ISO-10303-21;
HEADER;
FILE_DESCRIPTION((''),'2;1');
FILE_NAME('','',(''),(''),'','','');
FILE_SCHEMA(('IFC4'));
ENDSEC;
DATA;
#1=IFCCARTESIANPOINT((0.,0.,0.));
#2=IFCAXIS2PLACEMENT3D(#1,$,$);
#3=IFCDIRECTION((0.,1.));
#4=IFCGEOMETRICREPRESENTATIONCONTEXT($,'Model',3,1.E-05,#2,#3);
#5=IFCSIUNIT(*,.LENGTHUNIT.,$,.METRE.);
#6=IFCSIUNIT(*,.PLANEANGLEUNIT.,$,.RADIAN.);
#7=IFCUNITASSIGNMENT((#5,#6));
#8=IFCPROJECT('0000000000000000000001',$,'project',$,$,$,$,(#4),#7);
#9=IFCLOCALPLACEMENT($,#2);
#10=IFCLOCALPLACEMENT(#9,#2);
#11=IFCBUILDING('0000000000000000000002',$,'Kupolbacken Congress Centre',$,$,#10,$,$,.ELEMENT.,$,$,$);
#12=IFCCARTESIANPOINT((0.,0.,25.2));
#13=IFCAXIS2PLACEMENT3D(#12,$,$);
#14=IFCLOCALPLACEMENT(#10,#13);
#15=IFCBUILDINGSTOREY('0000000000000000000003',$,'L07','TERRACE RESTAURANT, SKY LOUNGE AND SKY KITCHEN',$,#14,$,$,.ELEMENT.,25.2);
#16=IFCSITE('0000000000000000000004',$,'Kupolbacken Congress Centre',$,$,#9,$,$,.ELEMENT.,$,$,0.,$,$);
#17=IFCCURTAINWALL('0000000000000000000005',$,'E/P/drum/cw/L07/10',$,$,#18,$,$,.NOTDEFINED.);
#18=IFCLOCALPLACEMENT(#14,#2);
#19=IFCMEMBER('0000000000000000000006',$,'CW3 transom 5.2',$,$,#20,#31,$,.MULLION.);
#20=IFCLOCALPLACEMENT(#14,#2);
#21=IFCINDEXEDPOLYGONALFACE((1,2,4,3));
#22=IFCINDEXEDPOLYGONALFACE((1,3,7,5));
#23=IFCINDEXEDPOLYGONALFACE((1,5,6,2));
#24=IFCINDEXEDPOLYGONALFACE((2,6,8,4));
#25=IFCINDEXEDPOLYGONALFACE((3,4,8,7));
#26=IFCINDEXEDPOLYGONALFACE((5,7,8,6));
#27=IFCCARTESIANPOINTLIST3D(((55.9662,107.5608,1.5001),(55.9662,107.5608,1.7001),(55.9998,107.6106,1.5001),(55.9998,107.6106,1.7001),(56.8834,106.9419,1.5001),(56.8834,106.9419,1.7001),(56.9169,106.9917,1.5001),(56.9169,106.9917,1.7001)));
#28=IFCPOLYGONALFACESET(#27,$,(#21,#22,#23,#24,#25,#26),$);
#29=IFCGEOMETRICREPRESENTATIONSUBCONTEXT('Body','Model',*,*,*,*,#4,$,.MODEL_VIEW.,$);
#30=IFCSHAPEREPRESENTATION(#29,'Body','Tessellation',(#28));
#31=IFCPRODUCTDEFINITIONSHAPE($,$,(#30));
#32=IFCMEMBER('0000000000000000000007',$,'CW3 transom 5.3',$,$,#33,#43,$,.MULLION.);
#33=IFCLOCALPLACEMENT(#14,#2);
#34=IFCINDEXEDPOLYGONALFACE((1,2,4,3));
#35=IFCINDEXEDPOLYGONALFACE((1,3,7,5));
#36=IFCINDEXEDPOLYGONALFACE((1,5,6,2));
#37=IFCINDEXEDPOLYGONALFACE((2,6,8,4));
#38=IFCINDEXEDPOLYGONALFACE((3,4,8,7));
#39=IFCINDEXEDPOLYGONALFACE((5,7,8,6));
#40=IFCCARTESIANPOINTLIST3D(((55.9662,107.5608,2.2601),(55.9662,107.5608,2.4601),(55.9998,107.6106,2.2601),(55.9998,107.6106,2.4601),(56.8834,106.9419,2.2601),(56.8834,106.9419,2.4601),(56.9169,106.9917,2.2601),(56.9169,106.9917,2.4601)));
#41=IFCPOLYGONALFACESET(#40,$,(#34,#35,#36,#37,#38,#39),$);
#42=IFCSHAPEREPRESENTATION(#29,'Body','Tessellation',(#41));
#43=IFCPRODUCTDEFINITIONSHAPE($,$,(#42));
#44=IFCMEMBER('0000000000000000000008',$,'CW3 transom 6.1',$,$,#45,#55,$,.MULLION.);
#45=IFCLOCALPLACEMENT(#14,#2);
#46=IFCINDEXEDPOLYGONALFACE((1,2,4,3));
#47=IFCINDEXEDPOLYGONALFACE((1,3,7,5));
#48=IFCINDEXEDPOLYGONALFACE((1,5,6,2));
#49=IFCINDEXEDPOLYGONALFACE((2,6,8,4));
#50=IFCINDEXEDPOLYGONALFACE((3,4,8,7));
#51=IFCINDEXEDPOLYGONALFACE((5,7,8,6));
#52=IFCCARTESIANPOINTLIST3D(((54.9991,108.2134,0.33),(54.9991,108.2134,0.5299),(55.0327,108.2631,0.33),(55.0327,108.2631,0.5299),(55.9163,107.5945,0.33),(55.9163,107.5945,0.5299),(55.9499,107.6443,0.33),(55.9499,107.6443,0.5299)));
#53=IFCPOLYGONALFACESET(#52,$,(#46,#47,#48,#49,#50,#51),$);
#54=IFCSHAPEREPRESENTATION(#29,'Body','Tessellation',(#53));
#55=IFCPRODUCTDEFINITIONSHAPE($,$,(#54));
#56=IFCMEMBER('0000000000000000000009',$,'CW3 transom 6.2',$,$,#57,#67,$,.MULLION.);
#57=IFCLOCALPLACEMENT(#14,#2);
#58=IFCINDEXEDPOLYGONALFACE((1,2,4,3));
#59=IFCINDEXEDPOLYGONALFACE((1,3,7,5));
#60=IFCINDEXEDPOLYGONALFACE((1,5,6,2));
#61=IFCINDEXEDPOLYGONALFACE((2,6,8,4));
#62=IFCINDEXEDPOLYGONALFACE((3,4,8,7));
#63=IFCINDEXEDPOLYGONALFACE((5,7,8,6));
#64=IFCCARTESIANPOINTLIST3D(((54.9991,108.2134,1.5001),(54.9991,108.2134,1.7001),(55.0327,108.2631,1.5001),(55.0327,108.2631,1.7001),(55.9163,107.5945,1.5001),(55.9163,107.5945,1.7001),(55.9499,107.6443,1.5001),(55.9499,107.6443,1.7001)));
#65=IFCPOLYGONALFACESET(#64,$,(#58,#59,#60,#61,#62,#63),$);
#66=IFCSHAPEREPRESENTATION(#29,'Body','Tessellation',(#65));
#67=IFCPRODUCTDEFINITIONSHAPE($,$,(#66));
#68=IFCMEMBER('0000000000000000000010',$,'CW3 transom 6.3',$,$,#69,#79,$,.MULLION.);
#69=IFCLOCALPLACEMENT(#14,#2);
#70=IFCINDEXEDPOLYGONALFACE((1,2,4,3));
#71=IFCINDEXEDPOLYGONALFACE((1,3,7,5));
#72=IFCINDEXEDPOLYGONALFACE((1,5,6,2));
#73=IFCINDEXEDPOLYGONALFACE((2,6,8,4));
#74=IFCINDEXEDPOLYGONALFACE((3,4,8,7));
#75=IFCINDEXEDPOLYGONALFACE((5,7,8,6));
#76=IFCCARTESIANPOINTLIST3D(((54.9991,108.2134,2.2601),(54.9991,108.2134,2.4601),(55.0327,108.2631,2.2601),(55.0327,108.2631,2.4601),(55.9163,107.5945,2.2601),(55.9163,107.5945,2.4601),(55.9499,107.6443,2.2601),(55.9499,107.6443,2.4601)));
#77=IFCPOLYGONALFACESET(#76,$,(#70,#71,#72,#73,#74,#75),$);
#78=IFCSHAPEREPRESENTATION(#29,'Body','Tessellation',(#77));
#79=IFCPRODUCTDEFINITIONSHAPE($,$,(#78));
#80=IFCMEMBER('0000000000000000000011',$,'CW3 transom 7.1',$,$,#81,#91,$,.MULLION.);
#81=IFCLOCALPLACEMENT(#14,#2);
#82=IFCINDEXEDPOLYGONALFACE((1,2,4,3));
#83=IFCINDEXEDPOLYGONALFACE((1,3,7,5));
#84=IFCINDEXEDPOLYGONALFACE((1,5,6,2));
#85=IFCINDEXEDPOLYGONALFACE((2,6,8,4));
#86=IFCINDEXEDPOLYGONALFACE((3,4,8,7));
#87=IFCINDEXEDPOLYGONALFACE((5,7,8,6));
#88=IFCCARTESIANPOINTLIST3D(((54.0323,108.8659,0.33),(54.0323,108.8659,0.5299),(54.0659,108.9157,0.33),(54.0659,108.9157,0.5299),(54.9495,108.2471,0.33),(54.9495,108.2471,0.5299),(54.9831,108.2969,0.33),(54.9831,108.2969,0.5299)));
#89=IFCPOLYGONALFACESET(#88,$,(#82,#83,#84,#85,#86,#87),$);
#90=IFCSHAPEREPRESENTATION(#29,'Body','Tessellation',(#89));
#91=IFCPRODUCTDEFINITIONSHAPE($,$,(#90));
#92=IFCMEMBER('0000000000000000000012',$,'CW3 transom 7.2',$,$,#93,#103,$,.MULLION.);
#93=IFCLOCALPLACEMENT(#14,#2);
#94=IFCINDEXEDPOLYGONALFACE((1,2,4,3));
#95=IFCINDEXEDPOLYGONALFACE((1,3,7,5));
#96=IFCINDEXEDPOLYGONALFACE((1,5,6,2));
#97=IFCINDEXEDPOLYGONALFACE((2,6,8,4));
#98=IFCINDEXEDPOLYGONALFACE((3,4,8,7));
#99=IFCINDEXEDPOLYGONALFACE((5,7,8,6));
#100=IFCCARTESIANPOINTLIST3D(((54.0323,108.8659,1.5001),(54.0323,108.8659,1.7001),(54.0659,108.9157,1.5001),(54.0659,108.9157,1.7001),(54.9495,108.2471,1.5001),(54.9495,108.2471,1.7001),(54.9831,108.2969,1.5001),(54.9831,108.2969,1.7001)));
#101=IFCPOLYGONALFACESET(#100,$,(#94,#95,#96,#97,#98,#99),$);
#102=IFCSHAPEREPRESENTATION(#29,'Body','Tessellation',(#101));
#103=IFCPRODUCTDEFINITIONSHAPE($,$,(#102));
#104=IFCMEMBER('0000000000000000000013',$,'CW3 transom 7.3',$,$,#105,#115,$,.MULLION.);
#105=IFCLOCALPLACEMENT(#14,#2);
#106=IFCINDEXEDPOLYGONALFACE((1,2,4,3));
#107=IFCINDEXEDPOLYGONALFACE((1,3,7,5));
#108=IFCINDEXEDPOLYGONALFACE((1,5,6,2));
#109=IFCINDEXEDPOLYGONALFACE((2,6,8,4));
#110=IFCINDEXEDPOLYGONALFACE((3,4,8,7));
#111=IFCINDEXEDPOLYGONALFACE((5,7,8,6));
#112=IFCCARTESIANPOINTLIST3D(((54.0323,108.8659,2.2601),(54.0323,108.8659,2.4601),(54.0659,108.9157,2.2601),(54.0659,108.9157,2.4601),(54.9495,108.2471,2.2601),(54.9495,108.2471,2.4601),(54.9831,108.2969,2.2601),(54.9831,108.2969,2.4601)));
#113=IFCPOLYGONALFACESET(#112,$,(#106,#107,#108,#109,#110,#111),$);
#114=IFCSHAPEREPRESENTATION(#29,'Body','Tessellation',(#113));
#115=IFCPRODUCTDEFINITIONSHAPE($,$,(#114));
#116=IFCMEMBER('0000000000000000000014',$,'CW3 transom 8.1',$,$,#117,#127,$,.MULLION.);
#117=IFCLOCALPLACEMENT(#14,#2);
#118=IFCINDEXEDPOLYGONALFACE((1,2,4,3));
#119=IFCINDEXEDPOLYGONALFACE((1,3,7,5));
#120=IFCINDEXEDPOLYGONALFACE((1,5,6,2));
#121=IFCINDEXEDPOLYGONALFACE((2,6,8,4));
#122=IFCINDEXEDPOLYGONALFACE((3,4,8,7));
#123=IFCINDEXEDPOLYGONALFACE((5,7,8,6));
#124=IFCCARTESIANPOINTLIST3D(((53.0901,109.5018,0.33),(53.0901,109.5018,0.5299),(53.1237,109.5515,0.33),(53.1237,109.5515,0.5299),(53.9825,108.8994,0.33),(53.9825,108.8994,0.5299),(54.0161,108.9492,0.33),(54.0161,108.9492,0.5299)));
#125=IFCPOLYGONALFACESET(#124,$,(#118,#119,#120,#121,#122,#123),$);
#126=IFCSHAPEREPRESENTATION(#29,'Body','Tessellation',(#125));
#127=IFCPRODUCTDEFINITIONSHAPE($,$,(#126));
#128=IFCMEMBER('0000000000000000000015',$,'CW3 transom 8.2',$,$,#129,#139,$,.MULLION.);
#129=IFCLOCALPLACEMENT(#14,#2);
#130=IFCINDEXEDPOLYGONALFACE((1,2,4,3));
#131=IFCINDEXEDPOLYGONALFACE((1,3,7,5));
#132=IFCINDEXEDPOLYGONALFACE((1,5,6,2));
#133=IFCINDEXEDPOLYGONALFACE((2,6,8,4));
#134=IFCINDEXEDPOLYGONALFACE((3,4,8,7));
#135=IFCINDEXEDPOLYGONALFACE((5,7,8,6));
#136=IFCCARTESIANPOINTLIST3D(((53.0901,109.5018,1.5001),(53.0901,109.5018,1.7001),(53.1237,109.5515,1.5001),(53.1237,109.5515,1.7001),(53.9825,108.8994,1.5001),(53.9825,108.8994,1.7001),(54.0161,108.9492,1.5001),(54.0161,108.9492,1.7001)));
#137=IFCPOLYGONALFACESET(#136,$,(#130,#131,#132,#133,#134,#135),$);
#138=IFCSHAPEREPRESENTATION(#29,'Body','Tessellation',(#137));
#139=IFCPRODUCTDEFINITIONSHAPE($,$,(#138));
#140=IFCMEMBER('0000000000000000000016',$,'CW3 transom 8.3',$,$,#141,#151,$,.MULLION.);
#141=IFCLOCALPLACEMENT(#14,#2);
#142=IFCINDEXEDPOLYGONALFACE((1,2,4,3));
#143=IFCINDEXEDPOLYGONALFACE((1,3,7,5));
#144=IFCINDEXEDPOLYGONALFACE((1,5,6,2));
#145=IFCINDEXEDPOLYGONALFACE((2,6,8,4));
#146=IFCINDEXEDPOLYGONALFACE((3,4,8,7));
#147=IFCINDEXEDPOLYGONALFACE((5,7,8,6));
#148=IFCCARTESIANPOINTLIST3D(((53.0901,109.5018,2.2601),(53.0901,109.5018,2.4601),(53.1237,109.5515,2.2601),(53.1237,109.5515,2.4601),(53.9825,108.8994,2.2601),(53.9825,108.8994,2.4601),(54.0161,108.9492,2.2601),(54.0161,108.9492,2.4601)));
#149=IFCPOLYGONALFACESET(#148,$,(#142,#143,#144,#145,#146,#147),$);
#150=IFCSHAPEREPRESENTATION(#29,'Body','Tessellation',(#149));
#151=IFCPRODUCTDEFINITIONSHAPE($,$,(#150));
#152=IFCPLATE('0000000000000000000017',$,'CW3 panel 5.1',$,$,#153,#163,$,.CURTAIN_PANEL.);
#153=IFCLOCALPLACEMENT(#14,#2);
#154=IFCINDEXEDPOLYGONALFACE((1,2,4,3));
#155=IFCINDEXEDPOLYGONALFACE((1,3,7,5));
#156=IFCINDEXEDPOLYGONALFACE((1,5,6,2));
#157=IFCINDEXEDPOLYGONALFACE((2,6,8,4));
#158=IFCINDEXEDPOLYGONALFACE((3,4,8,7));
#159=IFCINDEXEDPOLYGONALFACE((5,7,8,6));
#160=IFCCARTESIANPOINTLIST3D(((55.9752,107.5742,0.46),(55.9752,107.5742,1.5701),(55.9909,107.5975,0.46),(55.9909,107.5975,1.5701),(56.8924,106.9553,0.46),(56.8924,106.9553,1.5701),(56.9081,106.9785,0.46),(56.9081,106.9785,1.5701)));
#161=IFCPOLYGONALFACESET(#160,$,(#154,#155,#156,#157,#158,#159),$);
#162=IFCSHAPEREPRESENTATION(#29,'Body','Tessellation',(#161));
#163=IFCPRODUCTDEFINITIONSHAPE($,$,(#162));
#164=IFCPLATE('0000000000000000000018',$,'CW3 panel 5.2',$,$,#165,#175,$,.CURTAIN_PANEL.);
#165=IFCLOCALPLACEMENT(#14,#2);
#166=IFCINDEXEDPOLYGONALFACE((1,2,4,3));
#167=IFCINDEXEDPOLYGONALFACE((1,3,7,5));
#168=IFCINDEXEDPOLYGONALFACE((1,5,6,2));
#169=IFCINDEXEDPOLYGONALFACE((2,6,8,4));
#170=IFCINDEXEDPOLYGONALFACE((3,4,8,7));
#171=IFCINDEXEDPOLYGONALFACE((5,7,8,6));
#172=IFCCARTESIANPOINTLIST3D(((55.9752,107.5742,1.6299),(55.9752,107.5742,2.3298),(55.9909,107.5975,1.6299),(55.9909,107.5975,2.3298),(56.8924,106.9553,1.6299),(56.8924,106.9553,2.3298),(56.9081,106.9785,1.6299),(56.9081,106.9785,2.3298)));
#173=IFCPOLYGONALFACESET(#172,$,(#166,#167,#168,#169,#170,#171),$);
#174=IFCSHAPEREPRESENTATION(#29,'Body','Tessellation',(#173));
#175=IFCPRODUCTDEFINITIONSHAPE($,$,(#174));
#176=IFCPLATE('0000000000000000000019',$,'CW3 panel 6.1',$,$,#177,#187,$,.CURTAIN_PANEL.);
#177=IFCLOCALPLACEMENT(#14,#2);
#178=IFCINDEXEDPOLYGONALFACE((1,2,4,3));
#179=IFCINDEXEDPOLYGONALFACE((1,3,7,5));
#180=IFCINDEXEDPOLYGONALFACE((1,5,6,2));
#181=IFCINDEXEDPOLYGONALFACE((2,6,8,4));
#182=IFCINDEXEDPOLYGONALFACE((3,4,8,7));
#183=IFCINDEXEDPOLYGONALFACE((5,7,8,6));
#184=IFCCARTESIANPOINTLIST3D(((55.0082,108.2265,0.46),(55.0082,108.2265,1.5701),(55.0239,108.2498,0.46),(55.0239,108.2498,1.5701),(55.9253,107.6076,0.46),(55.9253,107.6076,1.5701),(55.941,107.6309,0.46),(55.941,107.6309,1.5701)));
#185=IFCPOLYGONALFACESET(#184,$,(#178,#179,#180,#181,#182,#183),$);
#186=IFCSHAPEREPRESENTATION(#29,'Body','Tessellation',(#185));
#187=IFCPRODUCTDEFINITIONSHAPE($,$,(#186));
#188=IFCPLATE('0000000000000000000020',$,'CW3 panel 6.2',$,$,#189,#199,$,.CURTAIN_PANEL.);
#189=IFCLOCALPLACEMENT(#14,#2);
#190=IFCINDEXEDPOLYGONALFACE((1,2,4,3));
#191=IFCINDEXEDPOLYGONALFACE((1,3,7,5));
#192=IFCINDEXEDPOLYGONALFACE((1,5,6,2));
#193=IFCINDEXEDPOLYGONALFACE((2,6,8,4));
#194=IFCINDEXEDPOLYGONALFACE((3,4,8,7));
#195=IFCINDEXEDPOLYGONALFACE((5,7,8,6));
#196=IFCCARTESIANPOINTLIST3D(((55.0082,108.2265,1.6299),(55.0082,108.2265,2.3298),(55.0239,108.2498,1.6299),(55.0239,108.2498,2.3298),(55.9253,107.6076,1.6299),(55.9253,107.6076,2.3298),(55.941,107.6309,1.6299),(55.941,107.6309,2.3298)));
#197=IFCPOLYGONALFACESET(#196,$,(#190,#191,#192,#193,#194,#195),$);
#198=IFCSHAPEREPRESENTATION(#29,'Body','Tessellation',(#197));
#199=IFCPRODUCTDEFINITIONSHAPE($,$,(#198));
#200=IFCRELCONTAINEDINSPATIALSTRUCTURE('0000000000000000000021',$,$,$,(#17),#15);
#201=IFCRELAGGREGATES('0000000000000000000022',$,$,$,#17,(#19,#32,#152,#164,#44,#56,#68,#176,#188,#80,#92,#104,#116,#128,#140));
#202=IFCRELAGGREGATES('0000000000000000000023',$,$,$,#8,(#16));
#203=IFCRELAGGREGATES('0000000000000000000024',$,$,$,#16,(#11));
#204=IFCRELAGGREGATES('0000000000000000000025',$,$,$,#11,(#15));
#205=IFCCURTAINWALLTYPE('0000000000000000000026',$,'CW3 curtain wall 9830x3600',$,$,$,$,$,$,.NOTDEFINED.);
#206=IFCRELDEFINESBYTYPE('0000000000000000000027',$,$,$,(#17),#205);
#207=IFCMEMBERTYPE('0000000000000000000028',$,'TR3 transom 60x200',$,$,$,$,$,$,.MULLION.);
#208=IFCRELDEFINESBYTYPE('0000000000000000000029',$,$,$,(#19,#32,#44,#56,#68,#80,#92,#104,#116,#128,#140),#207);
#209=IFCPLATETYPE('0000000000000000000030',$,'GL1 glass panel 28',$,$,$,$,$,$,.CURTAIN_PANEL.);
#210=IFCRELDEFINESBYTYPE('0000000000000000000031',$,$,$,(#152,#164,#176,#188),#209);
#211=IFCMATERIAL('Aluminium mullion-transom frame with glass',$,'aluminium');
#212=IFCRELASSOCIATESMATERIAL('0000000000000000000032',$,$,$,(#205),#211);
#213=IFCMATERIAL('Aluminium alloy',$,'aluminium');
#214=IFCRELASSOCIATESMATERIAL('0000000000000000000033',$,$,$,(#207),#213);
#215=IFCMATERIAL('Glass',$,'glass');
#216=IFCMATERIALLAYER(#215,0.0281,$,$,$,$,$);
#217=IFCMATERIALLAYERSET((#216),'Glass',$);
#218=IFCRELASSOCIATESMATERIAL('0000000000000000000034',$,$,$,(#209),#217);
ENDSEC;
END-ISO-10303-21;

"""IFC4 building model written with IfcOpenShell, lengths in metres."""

from ifc_helpers import new_model, si_unit, direction, frame, origin, origin_2d, place, context, subcontext, project, spatial, rectangle, extrude, material, layer, layer_set, material_profile, profile_set, type_object, element, aggregate, save


model = new_model("IFC4")

# Units and contexts
model_context = context("Model", 3, precision=1e-05, world=origin(), true_north=direction((0.0, 1.0)))
body_context = subcontext(model_context, "Body", "Model", "MODEL_VIEW")
ifc_project = project(units=[si_unit("LENGTHUNIT", "METRE"), si_unit("PLANEANGLEUNIT", "RADIAN")], contexts=[model_context])

# Site, building, storey
site_placement = place(None, origin())
site = spatial("IfcSite", under=ifc_project, at=site_placement, Name="Kupolbacken Congress Centre", CompositionType="ELEMENT", RefElevation=0.0)
building_placement = place(site_placement, origin())
building = spatial("IfcBuilding", under=site, at=building_placement, Name="Kupolbacken Congress Centre", CompositionType="ELEMENT")
storey_placement = place(building_placement, frame((0.0, 0.0, 25.2)))
storey = spatial("IfcBuildingStorey", under=building, at=storey_placement, Name="L07", Description="TERRACE RESTAURANT, SKY LOUNGE AND SKY KITCHEN", CompositionType="ELEMENT", Elevation=25.2)

# Curtain wall, members, plates
ifc_material_1 = material(Name="Aluminium mullion-transom frame with glass", Category="aluminium")
curtain_wall_type = type_object("IfcCurtainWallType", Name="CW3 curtain wall 9830x3600", PredefinedType="NOTDEFINED", material=ifc_material_1)
curtain_wall_placement = place(storey_placement, origin())
curtain_wall = element("IfcCurtainWall", 1, at=curtain_wall_placement, inside=storey, type_object=curtain_wall_type, Name="E/P/drum/cw/L07/10", PredefinedType="NOTDEFINED")
ifc_material_2 = material(Name="Aluminium alloy", Category="aluminium")
ifc_material_profile_1 = material_profile(ifc_material_2, rectangle(XDim=0.0601, YDim=0.2, at=origin_2d()), Name="60 x 200")
ifc_profile_set_1 = profile_set([ifc_material_profile_1], Name="Aluminium alloy")
member_type_1 = type_object("IfcMemberType", Name="TR3 transom 60x200", PredefinedType="MULLION", material=ifc_profile_set_1)
member_1_placement = place(storey_placement, frame((56.9001, 106.9668, 1.6001), z_axis=(-0.828948, 0.559325, 0.0), x_axis=(-0.559325, -0.828948, 0.0)))
member_1 = element("IfcMember", 2, at=member_1_placement, type_object=member_type_1, Name="CW3 transom 5.2", PredefinedType="MULLION", context=body_context, shape_type="SweptSolid", body=[
    extrude(rectangle(XDim=0.0601, YDim=0.2, at=origin_2d()), origin(), (0.0, 0.0, 1.0), 1.1064),
])
member_2_placement = place(storey_placement, frame((56.9001, 106.9668, 2.3601), z_axis=(-0.828948, 0.559325, 0.0), x_axis=(-0.559325, -0.828948, 0.0)))
member_2 = element("IfcMember", 3, at=member_2_placement, type_object=member_type_1, Name="CW3 transom 5.3", PredefinedType="MULLION", context=body_context, shape_type="SweptSolid", body=[
    extrude(rectangle(XDim=0.0601, YDim=0.2, at=origin_2d()), origin(), (0.0, 0.0, 1.0), 1.1064),
])
member_3_placement = place(storey_placement, frame((55.9331, 107.6194, 0.4299), z_axis=(-0.828948, 0.559325, 0.0), x_axis=(-0.559325, -0.828948, 0.0)))
member_3 = element("IfcMember", 4, at=member_3_placement, type_object=member_type_1, Name="CW3 transom 6.1", PredefinedType="MULLION", context=body_context, shape_type="SweptSolid", body=[
    extrude(rectangle(XDim=0.0601, YDim=0.2, at=origin_2d()), origin(), (0.0, 0.0, 1.0), 1.1064),
])
member_4_placement = place(storey_placement, frame((55.9331, 107.6194, 1.6001), z_axis=(-0.828948, 0.559325, 0.0), x_axis=(-0.559325, -0.828948, 0.0)))
member_4 = element("IfcMember", 5, at=member_4_placement, type_object=member_type_1, Name="CW3 transom 6.2", PredefinedType="MULLION", context=body_context, shape_type="SweptSolid", body=[
    extrude(rectangle(XDim=0.0601, YDim=0.2, at=origin_2d()), origin(), (0.0, 0.0, 1.0), 1.1064),
])
member_5_placement = place(storey_placement, frame((55.9331, 107.6194, 2.3601), z_axis=(-0.828948, 0.559325, 0.0), x_axis=(-0.559325, -0.828948, 0.0)))
member_5 = element("IfcMember", 6, at=member_5_placement, type_object=member_type_1, Name="CW3 transom 6.3", PredefinedType="MULLION", context=body_context, shape_type="SweptSolid", body=[
    extrude(rectangle(XDim=0.0601, YDim=0.2, at=origin_2d()), origin(), (0.0, 0.0, 1.0), 1.1064),
])
member_6_placement = place(storey_placement, frame((54.9663, 108.272, 0.4299), z_axis=(-0.828948, 0.559325, 0.0), x_axis=(-0.559325, -0.828948, 0.0)))
member_6 = element("IfcMember", 7, at=member_6_placement, type_object=member_type_1, Name="CW3 transom 7.1", PredefinedType="MULLION", context=body_context, shape_type="SweptSolid", body=[
    extrude(rectangle(XDim=0.0601, YDim=0.2, at=origin_2d()), origin(), (0.0, 0.0, 1.0), 1.1064),
])
member_7_placement = place(storey_placement, frame((54.9663, 108.272, 1.6001), z_axis=(-0.828948, 0.559325, 0.0), x_axis=(-0.559325, -0.828948, 0.0)))
member_7 = element("IfcMember", 8, at=member_7_placement, type_object=member_type_1, Name="CW3 transom 7.2", PredefinedType="MULLION", context=body_context, shape_type="SweptSolid", body=[
    extrude(rectangle(XDim=0.0601, YDim=0.2, at=origin_2d()), origin(), (0.0, 0.0, 1.0), 1.1064),
])
member_8_placement = place(storey_placement, frame((54.9663, 108.272, 2.3601), z_axis=(-0.828948, 0.559325, 0.0), x_axis=(-0.559325, -0.828948, 0.0)))
member_8 = element("IfcMember", 9, at=member_8_placement, type_object=member_type_1, Name="CW3 transom 7.3", PredefinedType="MULLION", context=body_context, shape_type="SweptSolid", body=[
    extrude(rectangle(XDim=0.0601, YDim=0.2, at=origin_2d()), origin(), (0.0, 0.0, 1.0), 1.1064),
])
member_9_placement = place(storey_placement, frame((53.9993, 108.9243, 0.4299), z_axis=(-0.828862, 0.559453, 0.0), x_axis=(-0.559453, -0.828862, 0.0)))
member_9 = element("IfcMember", 10, at=member_9_placement, type_object=member_type_1, Name="CW3 transom 8.1", PredefinedType="MULLION", context=body_context, shape_type="SweptSolid", body=[
    extrude(rectangle(XDim=0.0601, YDim=0.2, at=origin_2d()), origin(), (0.0, 0.0, 1.0), 1.0767),
])
member_10_placement = place(storey_placement, frame((53.9993, 108.9243, 1.6001), z_axis=(-0.828862, 0.559453, 0.0), x_axis=(-0.559453, -0.828862, 0.0)))
member_10 = element("IfcMember", 11, at=member_10_placement, type_object=member_type_1, Name="CW3 transom 8.2", PredefinedType="MULLION", context=body_context, shape_type="SweptSolid", body=[
    extrude(rectangle(XDim=0.0601, YDim=0.2, at=origin_2d()), origin(), (0.0, 0.0, 1.0), 1.0767),
])
member_11_placement = place(storey_placement, frame((53.9993, 108.9243, 2.3601), z_axis=(-0.828862, 0.559453, 0.0), x_axis=(-0.559453, -0.828862, 0.0)))
member_11 = element("IfcMember", 12, at=member_11_placement, type_object=member_type_1, Name="CW3 transom 8.3", PredefinedType="MULLION", context=body_context, shape_type="SweptSolid", body=[
    extrude(rectangle(XDim=0.0601, YDim=0.2, at=origin_2d()), origin(), (0.0, 0.0, 1.0), 1.0767),
])
ifc_material_3 = material(Name="Glass", Category="glass")
ifc_layer = layer(ifc_material_3, 0.0281)
ifc_layer_set = layer_set([ifc_layer], Name="Glass")
plate_type = type_object("IfcPlateType", Name="GL1 glass panel 28", PredefinedType="CURTAIN_PANEL", material=ifc_layer_set)
plate_1_placement = place(storey_placement, frame((56.4417, 107.2764, 0.46), z_axis=(0.0, 0.0, 1.0), x_axis=(-0.828908, 0.559386, 0.0)))
plate_1 = element("IfcPlate", 13, at=plate_1_placement, type_object=plate_type, Name="CW3 panel 5.1", PredefinedType="CURTAIN_PANEL", context=body_context, shape_type="SweptSolid", body=[
    extrude(rectangle(XDim=1.1064, YDim=0.0281, at=origin_2d()), origin(), (0.0, 0.0, 1.0), 1.1101),
])
plate_2_placement = place(storey_placement, frame((56.4417, 107.2764, 1.6299), z_axis=(0.0, 0.0, 1.0), x_axis=(-0.828908, 0.559386, 0.0)))
plate_2 = element("IfcPlate", 14, at=plate_2_placement, type_object=plate_type, Name="CW3 panel 5.2", PredefinedType="CURTAIN_PANEL", context=body_context, shape_type="SweptSolid", body=[
    extrude(rectangle(XDim=1.1064, YDim=0.0281, at=origin_2d()), origin(), (0.0, 0.0, 1.0), 0.7),
])
plate_3_placement = place(storey_placement, frame((55.4746, 107.9287, 0.46), z_axis=(0.0, 0.0, 1.0), x_axis=(-0.828908, 0.559386, 0.0)))
plate_3 = element("IfcPlate", 15, at=plate_3_placement, type_object=plate_type, Name="CW3 panel 6.1", PredefinedType="CURTAIN_PANEL", context=body_context, shape_type="SweptSolid", body=[
    extrude(rectangle(XDim=1.1064, YDim=0.0281, at=origin_2d()), origin(), (0.0, 0.0, 1.0), 1.1101),
])
plate_4_placement = place(storey_placement, frame((55.4746, 107.9287, 1.6299), z_axis=(0.0, 0.0, 1.0), x_axis=(-0.828908, 0.559386, 0.0)))
plate_4 = element("IfcPlate", 16, at=plate_4_placement, type_object=plate_type, Name="CW3 panel 6.2", PredefinedType="CURTAIN_PANEL", context=body_context, shape_type="SweptSolid", body=[
    extrude(rectangle(XDim=1.1064, YDim=0.0281, at=origin_2d()), origin(), (0.0, 0.0, 1.0), 0.7),
])
aggregate(curtain_wall, [member_1, member_2, plate_1, plate_2, member_3, member_4, member_5, plate_3, plate_4, member_6, member_7, member_8, member_9, member_10, member_11])

save(model, "model.ifc")
